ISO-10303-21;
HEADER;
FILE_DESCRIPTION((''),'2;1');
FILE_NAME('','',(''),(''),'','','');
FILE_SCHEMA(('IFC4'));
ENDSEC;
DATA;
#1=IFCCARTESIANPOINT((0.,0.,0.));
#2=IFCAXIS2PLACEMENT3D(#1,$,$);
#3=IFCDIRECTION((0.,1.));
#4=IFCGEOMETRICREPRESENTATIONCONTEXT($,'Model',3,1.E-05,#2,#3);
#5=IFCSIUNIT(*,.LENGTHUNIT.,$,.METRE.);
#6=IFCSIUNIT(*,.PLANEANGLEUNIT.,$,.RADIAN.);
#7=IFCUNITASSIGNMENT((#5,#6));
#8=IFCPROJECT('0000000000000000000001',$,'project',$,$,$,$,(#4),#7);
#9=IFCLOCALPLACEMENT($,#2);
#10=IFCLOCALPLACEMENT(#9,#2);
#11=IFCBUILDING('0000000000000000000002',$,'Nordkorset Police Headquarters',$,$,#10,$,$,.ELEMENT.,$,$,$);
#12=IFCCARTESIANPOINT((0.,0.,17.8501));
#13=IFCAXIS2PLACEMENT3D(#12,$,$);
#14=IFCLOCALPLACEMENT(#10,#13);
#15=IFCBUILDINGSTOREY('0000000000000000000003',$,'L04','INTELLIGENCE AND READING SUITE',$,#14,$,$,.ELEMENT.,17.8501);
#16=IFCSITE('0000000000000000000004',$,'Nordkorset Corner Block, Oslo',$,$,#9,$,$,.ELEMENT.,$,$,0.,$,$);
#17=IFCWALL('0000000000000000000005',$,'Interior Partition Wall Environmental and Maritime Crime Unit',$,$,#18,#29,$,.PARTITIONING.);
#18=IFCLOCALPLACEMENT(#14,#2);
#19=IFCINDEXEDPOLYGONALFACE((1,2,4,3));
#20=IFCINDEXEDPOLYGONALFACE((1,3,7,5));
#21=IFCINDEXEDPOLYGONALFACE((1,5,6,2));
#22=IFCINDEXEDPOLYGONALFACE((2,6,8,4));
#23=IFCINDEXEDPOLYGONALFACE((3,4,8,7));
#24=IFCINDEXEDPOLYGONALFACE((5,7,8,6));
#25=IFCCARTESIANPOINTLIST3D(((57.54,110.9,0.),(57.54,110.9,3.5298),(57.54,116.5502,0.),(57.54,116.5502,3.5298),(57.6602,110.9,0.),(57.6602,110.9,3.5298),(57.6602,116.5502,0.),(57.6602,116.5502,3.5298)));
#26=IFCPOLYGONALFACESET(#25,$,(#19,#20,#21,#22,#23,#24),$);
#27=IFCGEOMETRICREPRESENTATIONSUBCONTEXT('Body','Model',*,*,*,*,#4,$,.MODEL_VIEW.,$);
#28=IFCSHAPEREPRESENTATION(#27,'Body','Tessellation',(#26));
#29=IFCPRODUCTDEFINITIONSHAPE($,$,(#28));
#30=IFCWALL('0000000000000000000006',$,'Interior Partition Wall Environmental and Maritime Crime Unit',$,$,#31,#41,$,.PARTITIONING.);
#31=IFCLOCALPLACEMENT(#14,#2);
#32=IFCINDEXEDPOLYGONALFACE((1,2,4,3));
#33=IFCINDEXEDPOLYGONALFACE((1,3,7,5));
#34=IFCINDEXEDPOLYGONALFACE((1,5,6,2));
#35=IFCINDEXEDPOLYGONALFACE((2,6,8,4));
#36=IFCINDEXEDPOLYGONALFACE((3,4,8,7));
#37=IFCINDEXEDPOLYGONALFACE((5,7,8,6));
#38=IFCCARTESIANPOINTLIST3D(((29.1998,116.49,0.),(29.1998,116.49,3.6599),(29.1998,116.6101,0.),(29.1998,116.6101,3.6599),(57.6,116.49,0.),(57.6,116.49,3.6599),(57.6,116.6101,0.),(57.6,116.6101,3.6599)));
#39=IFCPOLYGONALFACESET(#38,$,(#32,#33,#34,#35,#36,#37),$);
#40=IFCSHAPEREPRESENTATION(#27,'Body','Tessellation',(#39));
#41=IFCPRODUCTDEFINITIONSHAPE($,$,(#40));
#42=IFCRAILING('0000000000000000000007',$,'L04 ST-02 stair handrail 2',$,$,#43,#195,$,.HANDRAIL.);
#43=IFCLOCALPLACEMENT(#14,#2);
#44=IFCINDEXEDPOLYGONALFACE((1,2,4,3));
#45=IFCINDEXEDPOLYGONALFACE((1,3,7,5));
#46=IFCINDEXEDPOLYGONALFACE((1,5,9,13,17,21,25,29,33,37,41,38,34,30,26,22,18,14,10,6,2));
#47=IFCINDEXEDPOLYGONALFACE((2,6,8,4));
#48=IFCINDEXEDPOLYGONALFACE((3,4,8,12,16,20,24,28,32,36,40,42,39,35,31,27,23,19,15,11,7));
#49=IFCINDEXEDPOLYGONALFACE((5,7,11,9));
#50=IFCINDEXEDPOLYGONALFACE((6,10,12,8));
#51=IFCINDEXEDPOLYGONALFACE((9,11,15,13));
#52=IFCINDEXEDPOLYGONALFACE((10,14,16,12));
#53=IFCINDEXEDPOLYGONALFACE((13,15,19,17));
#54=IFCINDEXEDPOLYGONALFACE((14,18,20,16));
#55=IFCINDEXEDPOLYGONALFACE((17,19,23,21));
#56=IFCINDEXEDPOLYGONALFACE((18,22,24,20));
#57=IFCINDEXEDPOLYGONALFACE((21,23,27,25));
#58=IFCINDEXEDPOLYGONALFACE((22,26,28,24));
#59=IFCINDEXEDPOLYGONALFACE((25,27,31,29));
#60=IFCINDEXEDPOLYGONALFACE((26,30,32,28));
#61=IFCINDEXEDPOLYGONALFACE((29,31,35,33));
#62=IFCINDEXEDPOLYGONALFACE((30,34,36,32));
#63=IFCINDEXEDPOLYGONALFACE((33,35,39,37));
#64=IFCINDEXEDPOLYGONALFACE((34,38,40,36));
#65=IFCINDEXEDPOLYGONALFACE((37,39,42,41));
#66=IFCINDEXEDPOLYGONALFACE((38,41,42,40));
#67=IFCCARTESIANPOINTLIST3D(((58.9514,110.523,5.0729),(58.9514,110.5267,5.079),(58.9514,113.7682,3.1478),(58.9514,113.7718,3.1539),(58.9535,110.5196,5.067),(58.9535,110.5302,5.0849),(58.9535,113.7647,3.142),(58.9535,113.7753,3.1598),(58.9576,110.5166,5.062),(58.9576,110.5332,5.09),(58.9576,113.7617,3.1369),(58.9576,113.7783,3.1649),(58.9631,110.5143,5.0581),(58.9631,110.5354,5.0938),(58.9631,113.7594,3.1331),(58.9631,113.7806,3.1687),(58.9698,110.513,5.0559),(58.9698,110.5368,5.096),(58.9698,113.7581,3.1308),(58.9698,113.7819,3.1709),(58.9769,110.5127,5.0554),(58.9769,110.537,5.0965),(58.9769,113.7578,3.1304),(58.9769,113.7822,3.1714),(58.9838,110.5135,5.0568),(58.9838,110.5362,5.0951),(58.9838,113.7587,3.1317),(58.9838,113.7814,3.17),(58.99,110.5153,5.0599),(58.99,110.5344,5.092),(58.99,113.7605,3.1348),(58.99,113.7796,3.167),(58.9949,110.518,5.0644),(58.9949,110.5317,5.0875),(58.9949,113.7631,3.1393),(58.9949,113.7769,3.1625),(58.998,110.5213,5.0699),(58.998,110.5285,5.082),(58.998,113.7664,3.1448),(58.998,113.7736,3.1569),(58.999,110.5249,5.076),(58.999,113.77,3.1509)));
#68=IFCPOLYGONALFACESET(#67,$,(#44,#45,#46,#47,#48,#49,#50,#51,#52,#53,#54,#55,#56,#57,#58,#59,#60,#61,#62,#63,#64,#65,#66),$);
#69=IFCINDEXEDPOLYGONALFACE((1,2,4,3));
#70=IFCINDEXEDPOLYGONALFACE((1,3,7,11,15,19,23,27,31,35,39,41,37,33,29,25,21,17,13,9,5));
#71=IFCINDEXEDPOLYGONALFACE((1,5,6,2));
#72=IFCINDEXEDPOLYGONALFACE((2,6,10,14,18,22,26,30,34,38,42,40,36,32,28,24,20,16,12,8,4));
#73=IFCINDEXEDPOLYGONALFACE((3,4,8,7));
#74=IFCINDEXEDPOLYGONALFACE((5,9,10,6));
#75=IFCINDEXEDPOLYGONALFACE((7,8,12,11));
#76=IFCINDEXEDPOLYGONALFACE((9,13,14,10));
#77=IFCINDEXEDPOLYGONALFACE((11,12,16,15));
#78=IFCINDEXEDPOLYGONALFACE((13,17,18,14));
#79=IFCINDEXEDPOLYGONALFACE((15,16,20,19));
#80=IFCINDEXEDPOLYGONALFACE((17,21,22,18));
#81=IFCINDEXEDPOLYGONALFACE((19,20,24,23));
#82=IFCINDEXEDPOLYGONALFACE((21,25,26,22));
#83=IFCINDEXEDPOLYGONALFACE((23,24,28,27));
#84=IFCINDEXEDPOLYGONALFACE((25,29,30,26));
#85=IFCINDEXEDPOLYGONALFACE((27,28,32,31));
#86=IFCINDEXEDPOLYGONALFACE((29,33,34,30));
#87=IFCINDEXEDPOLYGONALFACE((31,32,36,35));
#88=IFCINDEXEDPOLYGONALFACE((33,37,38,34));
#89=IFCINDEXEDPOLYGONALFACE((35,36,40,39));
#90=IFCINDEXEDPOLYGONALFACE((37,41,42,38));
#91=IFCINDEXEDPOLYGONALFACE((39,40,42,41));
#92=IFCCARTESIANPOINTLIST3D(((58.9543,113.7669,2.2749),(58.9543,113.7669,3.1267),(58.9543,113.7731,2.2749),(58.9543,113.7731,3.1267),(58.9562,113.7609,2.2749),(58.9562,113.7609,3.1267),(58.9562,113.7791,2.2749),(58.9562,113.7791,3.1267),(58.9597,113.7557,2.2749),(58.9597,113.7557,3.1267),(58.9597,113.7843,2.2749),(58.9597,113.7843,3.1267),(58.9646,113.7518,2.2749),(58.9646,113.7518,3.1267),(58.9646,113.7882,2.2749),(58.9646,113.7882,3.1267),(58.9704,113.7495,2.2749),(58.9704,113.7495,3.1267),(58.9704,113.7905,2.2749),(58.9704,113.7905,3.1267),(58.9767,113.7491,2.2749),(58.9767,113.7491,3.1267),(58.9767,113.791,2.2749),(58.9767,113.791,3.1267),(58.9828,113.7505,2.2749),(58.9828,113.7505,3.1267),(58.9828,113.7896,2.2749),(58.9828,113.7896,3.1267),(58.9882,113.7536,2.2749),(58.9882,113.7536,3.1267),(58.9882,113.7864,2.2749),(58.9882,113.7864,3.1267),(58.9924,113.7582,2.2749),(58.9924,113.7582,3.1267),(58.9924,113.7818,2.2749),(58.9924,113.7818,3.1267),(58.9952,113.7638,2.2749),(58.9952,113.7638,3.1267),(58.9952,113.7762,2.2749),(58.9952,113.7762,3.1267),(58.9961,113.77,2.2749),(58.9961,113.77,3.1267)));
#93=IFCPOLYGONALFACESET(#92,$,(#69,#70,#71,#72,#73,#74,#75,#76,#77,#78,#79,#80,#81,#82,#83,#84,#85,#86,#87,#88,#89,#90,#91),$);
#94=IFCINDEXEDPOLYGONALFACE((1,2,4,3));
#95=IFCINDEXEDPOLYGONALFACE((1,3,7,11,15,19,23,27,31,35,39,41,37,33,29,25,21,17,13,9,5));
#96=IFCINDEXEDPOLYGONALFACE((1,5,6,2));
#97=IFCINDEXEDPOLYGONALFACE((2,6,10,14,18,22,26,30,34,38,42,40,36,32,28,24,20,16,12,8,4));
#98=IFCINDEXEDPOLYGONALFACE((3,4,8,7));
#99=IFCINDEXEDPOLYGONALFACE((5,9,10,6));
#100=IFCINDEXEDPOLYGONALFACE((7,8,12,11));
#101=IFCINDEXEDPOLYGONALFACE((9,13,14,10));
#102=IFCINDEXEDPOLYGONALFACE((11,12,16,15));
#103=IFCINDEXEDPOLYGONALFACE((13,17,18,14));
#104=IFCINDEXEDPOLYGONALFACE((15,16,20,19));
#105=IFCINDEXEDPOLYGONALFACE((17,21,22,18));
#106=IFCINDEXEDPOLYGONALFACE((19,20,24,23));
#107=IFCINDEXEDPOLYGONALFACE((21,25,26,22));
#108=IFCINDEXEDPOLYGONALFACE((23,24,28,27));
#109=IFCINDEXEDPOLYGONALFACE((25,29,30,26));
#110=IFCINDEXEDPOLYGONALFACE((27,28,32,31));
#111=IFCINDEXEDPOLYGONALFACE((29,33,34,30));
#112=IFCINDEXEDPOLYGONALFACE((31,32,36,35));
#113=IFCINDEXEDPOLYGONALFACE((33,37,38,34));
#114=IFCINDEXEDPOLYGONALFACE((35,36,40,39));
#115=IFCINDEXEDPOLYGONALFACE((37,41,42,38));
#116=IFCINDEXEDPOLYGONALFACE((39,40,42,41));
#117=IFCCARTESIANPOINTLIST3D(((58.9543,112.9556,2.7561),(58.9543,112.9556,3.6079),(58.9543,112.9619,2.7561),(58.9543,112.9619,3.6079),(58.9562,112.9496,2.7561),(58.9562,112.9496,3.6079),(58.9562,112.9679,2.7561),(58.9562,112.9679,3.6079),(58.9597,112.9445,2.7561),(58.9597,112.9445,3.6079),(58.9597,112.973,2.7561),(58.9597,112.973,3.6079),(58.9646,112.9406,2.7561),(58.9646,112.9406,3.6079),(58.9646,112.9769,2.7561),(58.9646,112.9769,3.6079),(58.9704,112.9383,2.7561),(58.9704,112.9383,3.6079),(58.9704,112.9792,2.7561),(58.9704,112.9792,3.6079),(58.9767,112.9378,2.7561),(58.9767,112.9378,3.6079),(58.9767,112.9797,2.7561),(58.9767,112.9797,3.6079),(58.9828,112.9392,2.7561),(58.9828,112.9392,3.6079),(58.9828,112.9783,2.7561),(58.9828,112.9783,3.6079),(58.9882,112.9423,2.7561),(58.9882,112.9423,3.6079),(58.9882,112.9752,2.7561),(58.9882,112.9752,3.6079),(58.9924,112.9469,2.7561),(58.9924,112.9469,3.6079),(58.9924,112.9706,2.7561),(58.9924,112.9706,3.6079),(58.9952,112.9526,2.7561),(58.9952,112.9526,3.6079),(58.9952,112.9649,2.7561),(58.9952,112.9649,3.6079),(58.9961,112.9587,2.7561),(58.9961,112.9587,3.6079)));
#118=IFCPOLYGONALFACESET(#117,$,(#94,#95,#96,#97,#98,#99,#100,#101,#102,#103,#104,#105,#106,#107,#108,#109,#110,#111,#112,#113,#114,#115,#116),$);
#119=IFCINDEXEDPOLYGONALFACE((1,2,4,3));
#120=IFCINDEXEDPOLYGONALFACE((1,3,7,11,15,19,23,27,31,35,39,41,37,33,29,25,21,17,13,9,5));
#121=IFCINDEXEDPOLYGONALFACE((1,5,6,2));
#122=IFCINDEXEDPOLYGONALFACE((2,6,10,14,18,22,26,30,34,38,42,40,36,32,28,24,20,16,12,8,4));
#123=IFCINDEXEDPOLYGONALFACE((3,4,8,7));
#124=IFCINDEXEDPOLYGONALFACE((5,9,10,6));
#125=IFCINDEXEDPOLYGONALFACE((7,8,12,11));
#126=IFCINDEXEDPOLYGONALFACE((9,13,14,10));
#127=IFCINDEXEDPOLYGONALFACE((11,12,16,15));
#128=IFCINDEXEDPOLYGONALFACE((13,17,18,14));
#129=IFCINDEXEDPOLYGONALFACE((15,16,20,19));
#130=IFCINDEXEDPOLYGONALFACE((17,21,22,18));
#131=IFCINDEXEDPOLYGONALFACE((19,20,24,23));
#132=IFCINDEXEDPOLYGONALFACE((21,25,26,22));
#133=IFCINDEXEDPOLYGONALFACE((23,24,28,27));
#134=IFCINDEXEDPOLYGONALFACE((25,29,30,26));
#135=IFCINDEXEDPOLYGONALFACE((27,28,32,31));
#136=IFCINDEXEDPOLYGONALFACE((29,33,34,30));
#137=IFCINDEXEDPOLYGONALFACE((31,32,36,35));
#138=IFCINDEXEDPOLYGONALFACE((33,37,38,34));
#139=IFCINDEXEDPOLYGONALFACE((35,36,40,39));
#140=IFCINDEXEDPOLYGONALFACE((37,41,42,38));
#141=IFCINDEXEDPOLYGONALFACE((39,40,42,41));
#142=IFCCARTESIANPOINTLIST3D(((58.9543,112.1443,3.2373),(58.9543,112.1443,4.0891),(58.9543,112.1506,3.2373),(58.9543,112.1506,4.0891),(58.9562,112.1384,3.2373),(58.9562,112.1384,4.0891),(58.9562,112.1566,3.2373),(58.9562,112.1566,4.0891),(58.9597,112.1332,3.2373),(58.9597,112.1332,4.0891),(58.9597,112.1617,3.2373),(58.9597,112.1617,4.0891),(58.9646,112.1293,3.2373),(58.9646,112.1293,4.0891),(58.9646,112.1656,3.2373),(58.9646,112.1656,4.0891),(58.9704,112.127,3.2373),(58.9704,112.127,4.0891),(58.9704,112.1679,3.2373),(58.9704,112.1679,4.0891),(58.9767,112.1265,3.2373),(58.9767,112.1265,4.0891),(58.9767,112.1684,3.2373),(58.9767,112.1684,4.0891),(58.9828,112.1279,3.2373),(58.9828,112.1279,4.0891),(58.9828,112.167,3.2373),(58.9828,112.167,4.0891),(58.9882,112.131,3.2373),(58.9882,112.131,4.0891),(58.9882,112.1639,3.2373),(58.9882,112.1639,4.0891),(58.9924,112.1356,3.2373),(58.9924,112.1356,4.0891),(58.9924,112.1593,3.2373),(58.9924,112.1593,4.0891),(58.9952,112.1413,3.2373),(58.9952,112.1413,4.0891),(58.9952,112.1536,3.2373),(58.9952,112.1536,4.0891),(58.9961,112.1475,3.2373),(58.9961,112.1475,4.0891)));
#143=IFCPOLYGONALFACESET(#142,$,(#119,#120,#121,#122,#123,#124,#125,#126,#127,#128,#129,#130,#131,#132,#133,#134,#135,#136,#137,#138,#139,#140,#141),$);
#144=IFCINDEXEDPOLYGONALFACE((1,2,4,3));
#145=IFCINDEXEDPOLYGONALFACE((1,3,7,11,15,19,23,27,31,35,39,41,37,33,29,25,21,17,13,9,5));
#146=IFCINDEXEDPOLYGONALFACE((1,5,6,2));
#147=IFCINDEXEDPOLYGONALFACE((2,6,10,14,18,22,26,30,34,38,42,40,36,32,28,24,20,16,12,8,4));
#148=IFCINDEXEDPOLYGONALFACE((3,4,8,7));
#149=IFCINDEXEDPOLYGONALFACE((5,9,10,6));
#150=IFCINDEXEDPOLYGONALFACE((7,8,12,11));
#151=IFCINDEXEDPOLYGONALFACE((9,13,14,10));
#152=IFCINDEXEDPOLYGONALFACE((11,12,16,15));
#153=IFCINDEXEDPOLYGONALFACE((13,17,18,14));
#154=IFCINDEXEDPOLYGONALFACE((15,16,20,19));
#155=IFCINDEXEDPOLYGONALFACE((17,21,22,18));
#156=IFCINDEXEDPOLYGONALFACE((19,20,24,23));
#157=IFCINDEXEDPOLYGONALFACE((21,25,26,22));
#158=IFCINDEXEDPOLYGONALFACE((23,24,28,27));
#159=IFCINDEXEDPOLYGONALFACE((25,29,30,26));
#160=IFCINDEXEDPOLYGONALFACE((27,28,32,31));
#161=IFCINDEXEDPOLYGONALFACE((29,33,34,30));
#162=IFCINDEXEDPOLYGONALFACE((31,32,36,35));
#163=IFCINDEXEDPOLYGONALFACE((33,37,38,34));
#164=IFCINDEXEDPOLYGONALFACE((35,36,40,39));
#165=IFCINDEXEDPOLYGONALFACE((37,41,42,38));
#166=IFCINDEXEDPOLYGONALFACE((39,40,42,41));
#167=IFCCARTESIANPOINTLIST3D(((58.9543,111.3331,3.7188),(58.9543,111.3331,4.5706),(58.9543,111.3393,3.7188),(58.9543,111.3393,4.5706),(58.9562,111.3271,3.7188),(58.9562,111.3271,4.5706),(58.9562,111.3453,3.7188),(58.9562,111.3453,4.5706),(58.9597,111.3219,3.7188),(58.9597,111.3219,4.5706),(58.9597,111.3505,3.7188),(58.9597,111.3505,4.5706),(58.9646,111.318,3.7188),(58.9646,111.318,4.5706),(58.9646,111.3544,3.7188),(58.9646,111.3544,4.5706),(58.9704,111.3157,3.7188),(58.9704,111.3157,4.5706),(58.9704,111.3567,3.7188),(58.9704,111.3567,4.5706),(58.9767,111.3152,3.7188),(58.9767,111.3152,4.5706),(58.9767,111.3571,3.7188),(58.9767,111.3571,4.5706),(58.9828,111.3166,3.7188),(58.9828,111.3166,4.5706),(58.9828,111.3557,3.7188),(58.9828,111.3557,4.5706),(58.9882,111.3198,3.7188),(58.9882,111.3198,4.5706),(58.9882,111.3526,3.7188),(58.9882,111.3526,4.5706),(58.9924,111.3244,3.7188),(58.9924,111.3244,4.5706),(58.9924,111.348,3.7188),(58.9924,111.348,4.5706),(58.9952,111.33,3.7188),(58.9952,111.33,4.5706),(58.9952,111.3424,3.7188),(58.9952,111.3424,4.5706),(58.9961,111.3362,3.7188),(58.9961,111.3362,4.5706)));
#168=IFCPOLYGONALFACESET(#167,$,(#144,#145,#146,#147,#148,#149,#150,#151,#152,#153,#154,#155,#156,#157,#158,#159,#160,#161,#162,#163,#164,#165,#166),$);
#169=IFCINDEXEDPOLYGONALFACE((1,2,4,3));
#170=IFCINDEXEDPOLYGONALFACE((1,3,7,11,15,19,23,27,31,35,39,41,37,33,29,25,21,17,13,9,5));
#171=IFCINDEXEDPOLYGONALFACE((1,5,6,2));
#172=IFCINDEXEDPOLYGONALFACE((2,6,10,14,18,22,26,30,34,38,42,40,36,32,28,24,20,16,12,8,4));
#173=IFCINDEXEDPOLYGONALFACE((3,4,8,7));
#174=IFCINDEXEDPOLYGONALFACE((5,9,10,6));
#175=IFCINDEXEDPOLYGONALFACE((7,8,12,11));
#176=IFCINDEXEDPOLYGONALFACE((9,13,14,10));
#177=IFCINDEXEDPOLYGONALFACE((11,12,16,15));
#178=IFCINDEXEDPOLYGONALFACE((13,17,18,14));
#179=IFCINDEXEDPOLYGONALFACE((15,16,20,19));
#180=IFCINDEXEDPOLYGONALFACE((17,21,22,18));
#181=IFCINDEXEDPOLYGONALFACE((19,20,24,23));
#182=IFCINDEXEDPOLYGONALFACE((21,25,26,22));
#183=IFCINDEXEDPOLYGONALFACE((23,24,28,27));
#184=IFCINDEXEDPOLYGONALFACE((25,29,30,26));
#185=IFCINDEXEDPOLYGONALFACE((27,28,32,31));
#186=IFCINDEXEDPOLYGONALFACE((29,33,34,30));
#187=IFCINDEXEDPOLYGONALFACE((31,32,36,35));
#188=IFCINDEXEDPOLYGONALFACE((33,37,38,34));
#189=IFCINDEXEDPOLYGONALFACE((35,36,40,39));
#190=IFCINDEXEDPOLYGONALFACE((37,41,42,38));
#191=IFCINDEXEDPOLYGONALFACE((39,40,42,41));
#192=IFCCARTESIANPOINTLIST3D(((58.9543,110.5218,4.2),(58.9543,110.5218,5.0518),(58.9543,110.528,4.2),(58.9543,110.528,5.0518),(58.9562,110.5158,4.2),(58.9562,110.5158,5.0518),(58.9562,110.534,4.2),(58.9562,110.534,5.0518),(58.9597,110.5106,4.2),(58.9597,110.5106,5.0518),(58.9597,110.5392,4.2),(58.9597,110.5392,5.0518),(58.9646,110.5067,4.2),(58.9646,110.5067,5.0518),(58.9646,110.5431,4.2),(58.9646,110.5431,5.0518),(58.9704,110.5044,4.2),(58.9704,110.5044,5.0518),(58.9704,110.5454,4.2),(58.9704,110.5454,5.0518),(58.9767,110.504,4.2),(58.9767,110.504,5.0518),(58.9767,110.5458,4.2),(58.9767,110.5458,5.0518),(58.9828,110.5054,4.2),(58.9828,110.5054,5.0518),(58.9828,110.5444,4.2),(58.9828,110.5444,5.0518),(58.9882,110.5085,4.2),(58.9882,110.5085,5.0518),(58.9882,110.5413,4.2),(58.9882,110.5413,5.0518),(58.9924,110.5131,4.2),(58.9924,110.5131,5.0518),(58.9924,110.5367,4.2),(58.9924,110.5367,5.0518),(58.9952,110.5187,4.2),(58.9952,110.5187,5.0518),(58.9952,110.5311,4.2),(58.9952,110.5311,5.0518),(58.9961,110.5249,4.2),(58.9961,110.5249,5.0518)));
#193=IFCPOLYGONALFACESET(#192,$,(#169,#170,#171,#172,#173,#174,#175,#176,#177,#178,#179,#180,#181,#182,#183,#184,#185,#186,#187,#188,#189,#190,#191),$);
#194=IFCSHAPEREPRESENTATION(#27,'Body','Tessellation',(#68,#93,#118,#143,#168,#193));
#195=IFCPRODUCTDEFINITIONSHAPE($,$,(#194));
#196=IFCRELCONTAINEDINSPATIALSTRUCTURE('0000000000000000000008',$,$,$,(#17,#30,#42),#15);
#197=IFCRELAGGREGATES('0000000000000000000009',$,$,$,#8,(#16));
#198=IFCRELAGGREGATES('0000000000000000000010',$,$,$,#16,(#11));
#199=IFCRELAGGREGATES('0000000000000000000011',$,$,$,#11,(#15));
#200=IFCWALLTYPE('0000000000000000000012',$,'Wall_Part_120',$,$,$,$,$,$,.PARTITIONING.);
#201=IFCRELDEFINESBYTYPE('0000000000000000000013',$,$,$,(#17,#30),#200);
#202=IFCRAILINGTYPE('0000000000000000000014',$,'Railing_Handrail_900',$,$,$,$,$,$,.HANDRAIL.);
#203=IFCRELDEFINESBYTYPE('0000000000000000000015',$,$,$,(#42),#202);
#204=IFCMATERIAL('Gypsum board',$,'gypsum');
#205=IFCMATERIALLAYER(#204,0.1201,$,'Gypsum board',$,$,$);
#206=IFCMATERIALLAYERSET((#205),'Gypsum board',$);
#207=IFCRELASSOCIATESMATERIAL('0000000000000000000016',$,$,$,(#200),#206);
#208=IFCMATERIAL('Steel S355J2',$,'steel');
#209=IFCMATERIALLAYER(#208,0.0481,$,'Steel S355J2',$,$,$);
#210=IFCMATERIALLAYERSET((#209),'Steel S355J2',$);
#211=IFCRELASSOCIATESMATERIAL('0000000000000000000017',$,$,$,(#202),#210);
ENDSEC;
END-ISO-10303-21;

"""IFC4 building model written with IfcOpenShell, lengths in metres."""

from ifc_helpers import new_model, si_unit, direction, frame, frame_2d, origin, origin_2d, place, context, subcontext, project, spatial, rectangle, circle, extrude, material, layer, layer_set, type_object, element, save


model = new_model("IFC4")

# Units and contexts
model_context = context("Model", 3, precision=1e-05, world=origin(), true_north=direction((0.0, 1.0)))
body_context = subcontext(model_context, "Body", "Model", "MODEL_VIEW")
ifc_project = project(units=[si_unit("LENGTHUNIT", "METRE"), si_unit("PLANEANGLEUNIT", "RADIAN")], contexts=[model_context])

# Site, building, storey
site_placement = place(None, origin())
site = spatial("IfcSite", under=ifc_project, at=site_placement, Name="Nordkorset Corner Block, Oslo", CompositionType="ELEMENT", RefElevation=0.0)
building_placement = place(site_placement, origin())
building = spatial("IfcBuilding", under=site, at=building_placement, Name="Nordkorset Police Headquarters", CompositionType="ELEMENT")
storey_placement = place(building_placement, frame((0.0, 0.0, 17.8501)))
storey = spatial("IfcBuildingStorey", under=building, at=storey_placement, Name="L04", Description="INTELLIGENCE AND READING SUITE", CompositionType="ELEMENT", Elevation=17.8501)

# Walls
ifc_material_1 = material(Name="Gypsum board", Category="gypsum")
ifc_layer_1 = layer(ifc_material_1, 0.1201, Name="Gypsum board")
ifc_layer_set_1 = layer_set([ifc_layer_1], Name="Gypsum board")
wall_type_1 = type_object("IfcWallType", Name="Wall_Part_120", PredefinedType="PARTITIONING", material=ifc_layer_set_1)
wall_1_placement = place(storey_placement, frame((57.6001, 110.8999, 0.0), z_axis=(0.0, 0.0, 1.0), x_axis=(0.0, 1.0, 0.0)))
element("IfcWall", 1, at=wall_1_placement, inside=storey, type_object=wall_type_1, Name="Interior Partition Wall Environmental and Maritime Crime Unit", PredefinedType="PARTITIONING", context=body_context, shape_type="SweptSolid", body=[
    extrude(rectangle(XDim=5.6501, YDim=0.1201, at=frame_2d((2.8252, 0.0))), origin(), (0.0, 0.0, 1.0), 3.5298),
])
wall_2_placement = place(storey_placement, frame((57.6001, 116.55, 0.0), z_axis=(0.0, 0.0, 1.0), x_axis=(-1.0, 0.0, 0.0)))
element("IfcWall", 2, at=wall_2_placement, inside=storey, type_object=wall_type_1, Name="Interior Partition Wall Environmental and Maritime Crime Unit", PredefinedType="PARTITIONING", context=body_context, shape_type="SweptSolid", body=[
    extrude(rectangle(XDim=28.4001, YDim=0.1201, at=frame_2d((14.2002, 0.0))), origin(), (0.0, 0.0, 1.0), 3.6599),
])

# Railing
ifc_material_2 = material(Name="Steel S355J2", Category="steel")
ifc_layer_2 = layer(ifc_material_2, 0.0481, Name="Steel S355J2")
ifc_layer_set_2 = layer_set([ifc_layer_2], Name="Steel S355J2")
railing_type = type_object("IfcRailingType", Name="Railing_Handrail_900", PredefinedType="HANDRAIL", material=ifc_layer_set_2)
railing_placement = place(storey_placement, frame((58.9751, 113.77, 2.2749)))
element("IfcRailing", 3, at=railing_placement, inside=storey, type_object=railing_type, Name="L04 ST-02 stair handrail 2", PredefinedType="HANDRAIL", context=body_context, shape_type="SweptSolid", body=[
    extrude(circle(Radius=0.0239, at=origin_2d()), frame((0.0, 0.0, 0.876), z_axis=(0.0, -0.860057, 0.510198), x_axis=(1.0, 0.0, 0.0)), (0.0, 0.0, 1.0), 3.7732),
    extrude(circle(Radius=0.021, at=origin_2d()), origin(), (0.0, 0.0, 1.0), 0.8518),
    extrude(circle(Radius=0.021, at=origin_2d()), frame((0.0, -0.8113, 0.4812)), (0.0, 0.0, 1.0), 0.8518),
    extrude(circle(Radius=0.021, at=origin_2d()), frame((0.0, -1.6226, 0.9624)), (0.0, 0.0, 1.0), 0.8518),
    extrude(circle(Radius=0.021, at=origin_2d()), frame((0.0, -2.4338, 1.4438)), (0.0, 0.0, 1.0), 0.8518),
    extrude(circle(Radius=0.021, at=origin_2d()), frame((0.0, -3.2451, 1.925)), (0.0, 0.0, 1.0), 0.8518),
])

save(model, "model.ifc")
